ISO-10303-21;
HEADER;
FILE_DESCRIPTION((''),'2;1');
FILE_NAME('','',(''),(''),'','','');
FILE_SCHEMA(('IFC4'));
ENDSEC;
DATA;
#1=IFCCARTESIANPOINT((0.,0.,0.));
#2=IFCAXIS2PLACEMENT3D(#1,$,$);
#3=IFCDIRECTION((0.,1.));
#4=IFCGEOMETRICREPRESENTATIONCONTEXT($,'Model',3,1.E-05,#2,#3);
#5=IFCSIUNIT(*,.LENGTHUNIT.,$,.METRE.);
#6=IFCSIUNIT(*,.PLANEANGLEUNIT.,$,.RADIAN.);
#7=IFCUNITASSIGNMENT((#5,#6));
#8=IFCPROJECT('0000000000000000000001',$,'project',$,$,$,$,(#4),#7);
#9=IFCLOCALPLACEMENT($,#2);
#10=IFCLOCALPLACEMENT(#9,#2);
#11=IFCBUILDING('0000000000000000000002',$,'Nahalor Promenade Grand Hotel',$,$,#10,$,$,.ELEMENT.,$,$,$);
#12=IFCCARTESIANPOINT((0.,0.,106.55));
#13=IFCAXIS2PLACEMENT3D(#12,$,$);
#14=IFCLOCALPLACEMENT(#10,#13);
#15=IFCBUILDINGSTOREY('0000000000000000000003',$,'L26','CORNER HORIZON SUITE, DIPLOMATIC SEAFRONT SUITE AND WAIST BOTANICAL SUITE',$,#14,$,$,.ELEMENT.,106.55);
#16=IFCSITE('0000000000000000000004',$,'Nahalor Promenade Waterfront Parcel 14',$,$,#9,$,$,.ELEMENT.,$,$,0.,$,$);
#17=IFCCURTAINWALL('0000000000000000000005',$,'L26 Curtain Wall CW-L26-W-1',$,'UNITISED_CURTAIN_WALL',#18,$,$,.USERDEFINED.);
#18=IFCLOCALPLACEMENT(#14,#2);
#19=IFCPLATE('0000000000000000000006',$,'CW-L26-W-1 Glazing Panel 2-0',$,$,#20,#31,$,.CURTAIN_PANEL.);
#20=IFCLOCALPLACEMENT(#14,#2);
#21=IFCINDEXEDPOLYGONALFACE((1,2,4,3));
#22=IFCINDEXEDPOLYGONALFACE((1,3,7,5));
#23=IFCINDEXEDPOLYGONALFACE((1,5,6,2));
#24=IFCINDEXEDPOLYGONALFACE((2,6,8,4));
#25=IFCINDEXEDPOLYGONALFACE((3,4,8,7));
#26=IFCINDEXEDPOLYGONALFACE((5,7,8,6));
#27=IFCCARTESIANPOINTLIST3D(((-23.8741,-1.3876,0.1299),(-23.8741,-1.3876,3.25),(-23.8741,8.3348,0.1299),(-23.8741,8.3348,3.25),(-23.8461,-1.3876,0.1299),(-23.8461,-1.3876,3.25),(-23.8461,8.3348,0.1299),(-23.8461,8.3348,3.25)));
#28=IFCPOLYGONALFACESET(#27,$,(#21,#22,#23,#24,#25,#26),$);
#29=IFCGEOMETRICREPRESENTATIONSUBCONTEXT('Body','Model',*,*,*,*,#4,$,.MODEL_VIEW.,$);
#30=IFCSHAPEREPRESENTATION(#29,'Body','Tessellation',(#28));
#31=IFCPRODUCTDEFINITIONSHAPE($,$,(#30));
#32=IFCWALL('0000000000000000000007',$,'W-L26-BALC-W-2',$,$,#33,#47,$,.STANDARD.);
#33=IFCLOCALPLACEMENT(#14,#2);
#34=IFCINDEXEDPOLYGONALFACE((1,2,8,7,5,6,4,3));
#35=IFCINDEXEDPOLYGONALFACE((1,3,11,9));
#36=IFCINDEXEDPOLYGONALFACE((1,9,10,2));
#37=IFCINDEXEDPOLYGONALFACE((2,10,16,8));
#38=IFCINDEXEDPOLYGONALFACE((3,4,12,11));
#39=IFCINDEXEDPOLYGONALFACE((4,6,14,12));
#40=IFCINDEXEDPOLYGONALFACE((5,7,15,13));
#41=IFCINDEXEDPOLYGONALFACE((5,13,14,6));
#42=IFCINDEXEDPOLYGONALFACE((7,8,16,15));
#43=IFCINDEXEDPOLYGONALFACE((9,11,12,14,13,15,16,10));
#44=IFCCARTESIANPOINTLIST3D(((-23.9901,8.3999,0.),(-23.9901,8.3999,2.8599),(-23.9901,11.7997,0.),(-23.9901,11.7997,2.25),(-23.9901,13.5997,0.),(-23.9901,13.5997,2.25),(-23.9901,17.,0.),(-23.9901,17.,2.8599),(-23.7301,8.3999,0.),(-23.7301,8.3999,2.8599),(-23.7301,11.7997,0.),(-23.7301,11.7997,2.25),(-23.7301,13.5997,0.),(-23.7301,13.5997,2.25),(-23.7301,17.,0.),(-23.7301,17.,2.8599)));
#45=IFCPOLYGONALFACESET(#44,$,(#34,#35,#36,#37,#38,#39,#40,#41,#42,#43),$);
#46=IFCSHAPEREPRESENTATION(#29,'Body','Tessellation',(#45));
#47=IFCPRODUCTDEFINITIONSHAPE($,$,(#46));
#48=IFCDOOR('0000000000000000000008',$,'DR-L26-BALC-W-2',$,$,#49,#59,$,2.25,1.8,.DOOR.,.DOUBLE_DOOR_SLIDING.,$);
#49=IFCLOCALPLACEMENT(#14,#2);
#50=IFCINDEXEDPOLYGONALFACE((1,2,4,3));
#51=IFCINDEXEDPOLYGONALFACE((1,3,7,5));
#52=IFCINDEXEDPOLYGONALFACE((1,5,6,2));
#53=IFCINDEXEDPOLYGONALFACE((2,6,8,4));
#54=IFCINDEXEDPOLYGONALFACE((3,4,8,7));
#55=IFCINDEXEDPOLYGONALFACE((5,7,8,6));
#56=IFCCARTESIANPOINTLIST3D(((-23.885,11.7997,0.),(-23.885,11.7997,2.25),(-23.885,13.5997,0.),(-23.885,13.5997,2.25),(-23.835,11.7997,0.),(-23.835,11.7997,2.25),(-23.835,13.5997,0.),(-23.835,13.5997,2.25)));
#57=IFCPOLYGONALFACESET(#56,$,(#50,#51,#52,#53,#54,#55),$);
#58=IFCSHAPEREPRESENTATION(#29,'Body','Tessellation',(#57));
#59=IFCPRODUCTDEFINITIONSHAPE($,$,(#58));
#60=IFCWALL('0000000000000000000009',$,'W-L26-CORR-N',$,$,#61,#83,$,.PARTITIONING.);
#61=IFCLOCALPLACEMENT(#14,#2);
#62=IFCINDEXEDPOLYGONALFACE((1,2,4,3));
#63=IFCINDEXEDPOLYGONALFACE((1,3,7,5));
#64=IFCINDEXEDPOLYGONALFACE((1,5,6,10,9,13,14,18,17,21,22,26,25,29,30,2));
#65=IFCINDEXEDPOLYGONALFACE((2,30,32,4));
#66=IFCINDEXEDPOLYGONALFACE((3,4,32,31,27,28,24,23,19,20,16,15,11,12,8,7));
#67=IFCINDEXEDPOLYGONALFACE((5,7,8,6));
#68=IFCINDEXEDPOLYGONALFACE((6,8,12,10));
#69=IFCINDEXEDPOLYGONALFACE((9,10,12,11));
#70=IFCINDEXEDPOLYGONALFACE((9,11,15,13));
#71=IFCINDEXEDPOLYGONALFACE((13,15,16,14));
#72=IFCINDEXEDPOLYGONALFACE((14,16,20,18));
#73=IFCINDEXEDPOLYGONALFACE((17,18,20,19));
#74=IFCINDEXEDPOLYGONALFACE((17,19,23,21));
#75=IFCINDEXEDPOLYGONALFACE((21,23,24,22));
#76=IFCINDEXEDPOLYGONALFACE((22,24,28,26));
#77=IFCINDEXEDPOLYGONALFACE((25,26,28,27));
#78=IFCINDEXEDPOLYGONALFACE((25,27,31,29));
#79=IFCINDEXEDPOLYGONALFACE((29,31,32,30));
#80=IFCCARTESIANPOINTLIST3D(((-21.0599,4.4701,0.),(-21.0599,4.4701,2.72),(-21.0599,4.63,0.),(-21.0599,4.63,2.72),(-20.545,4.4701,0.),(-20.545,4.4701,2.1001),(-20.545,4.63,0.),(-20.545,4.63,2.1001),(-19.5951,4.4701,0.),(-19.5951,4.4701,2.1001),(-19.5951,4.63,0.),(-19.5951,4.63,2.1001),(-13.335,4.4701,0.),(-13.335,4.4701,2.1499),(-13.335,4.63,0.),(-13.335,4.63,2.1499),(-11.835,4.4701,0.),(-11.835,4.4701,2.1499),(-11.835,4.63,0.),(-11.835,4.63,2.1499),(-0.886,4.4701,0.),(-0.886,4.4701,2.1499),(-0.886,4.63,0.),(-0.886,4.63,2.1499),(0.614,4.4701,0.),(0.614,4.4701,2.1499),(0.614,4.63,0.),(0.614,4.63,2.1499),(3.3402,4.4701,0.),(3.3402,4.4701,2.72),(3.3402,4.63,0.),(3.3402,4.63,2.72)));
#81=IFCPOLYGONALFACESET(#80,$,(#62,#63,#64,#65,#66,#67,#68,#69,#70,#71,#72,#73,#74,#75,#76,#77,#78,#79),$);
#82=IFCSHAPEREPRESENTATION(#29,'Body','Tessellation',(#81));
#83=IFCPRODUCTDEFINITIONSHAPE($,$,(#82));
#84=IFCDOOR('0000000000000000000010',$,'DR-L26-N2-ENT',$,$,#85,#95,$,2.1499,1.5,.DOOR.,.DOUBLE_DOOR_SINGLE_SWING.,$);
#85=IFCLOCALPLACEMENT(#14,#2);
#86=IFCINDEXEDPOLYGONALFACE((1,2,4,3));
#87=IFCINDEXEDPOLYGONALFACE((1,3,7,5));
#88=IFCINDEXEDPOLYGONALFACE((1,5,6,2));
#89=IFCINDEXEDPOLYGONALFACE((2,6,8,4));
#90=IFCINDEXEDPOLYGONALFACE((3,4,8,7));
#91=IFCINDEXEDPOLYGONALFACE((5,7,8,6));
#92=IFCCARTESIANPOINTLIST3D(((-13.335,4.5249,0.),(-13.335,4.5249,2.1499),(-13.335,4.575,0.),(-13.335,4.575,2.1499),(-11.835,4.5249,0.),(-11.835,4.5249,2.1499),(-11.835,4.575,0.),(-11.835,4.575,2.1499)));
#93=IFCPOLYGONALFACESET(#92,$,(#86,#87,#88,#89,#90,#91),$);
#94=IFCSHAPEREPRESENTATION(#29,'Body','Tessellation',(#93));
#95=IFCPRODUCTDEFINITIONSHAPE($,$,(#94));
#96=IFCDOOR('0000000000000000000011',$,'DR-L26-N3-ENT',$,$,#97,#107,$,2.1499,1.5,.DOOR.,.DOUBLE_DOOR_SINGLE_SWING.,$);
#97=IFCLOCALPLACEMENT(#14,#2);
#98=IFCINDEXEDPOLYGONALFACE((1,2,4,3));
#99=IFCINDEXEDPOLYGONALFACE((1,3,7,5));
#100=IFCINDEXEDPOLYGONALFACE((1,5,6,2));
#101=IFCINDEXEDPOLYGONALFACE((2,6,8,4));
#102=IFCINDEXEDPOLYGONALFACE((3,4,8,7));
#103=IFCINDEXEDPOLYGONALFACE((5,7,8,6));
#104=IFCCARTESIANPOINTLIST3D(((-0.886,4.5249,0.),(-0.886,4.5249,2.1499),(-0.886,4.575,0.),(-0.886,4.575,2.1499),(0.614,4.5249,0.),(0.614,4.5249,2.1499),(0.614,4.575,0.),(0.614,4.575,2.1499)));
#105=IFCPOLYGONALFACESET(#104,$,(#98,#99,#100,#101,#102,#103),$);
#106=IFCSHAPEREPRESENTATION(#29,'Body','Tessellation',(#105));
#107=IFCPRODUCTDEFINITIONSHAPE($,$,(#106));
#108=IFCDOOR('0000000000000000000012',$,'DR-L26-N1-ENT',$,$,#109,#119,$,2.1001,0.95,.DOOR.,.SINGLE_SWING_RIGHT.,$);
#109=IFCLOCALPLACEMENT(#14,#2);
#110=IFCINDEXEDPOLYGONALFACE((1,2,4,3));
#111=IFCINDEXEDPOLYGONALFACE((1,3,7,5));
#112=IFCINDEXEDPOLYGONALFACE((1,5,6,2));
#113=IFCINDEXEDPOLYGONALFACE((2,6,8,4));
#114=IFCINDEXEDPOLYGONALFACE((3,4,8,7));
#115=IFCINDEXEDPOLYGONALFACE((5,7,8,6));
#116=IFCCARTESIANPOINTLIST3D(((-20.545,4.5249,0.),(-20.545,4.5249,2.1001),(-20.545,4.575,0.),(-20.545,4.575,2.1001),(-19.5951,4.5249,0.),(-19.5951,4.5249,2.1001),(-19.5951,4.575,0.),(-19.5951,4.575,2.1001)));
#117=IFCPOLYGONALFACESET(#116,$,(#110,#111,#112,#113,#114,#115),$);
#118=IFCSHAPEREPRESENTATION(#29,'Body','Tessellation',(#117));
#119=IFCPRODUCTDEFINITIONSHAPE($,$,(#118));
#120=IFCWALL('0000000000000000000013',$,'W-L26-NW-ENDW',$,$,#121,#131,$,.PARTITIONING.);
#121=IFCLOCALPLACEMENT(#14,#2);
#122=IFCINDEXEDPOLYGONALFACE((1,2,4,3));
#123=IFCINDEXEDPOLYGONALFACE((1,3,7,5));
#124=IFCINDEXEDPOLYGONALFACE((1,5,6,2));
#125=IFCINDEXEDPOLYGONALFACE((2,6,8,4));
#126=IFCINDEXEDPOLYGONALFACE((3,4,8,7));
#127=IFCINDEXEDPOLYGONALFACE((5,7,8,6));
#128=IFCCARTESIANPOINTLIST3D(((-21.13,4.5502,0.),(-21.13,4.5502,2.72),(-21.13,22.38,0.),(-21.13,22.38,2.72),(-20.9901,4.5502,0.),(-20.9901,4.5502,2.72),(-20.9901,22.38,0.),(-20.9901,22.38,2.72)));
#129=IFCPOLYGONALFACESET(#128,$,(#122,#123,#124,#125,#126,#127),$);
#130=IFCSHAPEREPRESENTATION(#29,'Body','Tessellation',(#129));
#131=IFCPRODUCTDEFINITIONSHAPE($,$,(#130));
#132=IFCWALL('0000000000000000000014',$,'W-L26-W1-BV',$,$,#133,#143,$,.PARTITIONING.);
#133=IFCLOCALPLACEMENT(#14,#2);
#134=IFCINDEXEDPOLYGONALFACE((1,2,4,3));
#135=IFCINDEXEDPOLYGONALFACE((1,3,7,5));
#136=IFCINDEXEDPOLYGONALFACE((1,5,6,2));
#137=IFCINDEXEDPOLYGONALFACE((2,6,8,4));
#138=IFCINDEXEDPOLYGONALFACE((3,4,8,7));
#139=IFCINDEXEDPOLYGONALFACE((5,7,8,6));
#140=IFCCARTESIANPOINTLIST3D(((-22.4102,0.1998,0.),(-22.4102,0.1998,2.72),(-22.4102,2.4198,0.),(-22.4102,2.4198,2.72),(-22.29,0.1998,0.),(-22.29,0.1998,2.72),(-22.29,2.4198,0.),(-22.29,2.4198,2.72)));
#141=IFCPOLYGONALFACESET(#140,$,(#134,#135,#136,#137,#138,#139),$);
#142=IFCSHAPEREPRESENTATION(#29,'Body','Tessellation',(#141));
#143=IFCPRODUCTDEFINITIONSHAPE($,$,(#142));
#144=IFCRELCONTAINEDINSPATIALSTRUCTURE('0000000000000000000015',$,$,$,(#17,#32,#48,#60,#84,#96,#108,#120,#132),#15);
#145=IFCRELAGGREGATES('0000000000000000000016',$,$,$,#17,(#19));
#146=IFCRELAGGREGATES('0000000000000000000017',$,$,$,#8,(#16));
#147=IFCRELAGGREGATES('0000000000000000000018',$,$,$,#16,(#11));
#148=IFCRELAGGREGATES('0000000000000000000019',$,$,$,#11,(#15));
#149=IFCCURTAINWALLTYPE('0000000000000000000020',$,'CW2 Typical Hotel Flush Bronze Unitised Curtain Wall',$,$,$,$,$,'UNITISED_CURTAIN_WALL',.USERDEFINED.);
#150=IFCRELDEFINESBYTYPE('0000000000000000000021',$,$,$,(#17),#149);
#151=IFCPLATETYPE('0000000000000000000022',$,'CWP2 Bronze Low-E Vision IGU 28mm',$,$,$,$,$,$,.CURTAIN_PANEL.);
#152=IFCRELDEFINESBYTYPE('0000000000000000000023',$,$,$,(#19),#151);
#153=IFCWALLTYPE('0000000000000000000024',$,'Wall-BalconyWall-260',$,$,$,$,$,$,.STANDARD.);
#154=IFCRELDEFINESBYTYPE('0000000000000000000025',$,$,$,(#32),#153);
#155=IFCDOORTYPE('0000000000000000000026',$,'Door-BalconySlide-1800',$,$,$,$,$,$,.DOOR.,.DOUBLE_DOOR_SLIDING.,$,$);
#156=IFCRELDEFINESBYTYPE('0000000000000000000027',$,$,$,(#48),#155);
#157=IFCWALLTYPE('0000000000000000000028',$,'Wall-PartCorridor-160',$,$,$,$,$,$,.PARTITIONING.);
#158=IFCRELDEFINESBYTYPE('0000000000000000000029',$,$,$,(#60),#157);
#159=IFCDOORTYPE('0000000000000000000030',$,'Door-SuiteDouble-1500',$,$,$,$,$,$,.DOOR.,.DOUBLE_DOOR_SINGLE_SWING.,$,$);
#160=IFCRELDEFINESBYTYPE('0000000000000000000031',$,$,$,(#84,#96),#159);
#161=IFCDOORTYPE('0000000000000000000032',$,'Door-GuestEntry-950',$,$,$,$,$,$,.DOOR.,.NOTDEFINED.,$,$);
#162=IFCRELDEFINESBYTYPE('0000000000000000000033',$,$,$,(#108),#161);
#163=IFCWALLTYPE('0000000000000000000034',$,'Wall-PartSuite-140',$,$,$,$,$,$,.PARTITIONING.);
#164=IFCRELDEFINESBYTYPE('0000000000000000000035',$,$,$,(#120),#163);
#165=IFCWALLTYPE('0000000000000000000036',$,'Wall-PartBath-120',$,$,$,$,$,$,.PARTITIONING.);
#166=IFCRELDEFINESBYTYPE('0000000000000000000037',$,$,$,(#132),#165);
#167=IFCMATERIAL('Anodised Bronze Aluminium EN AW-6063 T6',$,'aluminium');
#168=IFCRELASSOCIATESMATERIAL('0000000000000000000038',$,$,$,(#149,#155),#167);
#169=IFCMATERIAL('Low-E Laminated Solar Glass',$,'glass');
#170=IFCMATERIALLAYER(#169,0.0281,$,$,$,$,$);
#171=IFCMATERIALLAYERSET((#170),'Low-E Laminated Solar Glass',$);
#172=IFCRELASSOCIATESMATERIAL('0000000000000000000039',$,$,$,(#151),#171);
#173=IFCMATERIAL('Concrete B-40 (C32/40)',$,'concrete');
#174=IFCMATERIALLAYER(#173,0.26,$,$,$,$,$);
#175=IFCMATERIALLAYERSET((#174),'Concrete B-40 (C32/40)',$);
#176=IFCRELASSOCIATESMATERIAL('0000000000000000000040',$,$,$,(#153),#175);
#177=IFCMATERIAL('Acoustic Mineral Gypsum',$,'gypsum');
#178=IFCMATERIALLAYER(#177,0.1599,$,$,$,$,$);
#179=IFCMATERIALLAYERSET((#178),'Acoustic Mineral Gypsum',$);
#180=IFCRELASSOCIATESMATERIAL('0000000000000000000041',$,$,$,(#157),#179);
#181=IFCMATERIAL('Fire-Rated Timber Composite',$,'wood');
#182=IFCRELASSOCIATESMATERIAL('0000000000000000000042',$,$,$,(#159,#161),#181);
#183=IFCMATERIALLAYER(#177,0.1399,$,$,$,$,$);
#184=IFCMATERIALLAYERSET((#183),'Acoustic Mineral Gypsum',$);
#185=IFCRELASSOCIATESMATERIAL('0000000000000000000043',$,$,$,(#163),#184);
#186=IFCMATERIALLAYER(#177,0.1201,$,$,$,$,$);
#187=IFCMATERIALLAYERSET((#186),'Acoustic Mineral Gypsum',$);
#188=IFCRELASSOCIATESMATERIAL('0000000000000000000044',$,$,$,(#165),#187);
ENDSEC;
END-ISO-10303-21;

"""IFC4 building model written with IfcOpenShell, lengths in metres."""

from ifc_helpers import new_model, si_unit, direction, frame, frame_2d, origin, origin_2d, place, context, subcontext, project, spatial, rectangle, extrude, source, transform, mapped, material, layer, layer_set, type_object, element, fill, aggregate, save


model = new_model("IFC4")

# Units and contexts
model_context = context("Model", 3, precision=1e-05, world=origin(), true_north=direction((0.0, 1.0)))
body_context = subcontext(model_context, "Body", "Model", "MODEL_VIEW")
ifc_project = project(units=[si_unit("LENGTHUNIT", "METRE"), si_unit("PLANEANGLEUNIT", "RADIAN")], contexts=[model_context])

# Site, building, storey
site_placement = place(None, origin())
site = spatial("IfcSite", under=ifc_project, at=site_placement, Name="Nahalor Promenade Waterfront Parcel 14", CompositionType="ELEMENT", RefElevation=0.0)
building_placement = place(site_placement, origin())
building = spatial("IfcBuilding", under=site, at=building_placement, Name="Nahalor Promenade Grand Hotel", CompositionType="ELEMENT")
storey_placement = place(building_placement, frame((0.0, 0.0, 106.55)))
storey = spatial("IfcBuildingStorey", under=building, at=storey_placement, Name="L26", Description="CORNER HORIZON SUITE, DIPLOMATIC SEAFRONT SUITE AND WAIST BOTANICAL SUITE", CompositionType="ELEMENT", Elevation=106.55)

# Curtain wall, plate
ifc_material_1 = material(Name="Anodised Bronze Aluminium EN AW-6063 T6", Category="aluminium")
curtain_wall_type = type_object("IfcCurtainWallType", Name="CW2 Typical Hotel Flush Bronze Unitised Curtain Wall", ElementType="UNITISED_CURTAIN_WALL", PredefinedType="USERDEFINED", material=ifc_material_1)
curtain_wall_placement = place(storey_placement, origin())
curtain_wall = element("IfcCurtainWall", 1, at=curtain_wall_placement, inside=storey, type_object=curtain_wall_type, Name="L26 Curtain Wall CW-L26-W-1", ObjectType="UNITISED_CURTAIN_WALL", PredefinedType="USERDEFINED")
ifc_material_2 = material(Name="Low-E Laminated Solar Glass", Category="glass")
ifc_layer_1 = layer(ifc_material_2, 0.0281)
ifc_layer_set_1 = layer_set([ifc_layer_1], Name="Low-E Laminated Solar Glass")
plate_type = type_object("IfcPlateType", Name="CWP2 Bronze Low-E Vision IGU 28mm", PredefinedType="CURTAIN_PANEL", material=ifc_layer_set_1)
shared_shape_1 = source(origin(), body_context, "Body", "SweptSolid", [
    extrude(rectangle(XDim=9.7224, YDim=0.0281, at=origin_2d()), origin(), (0.0, 0.0, 1.0), 3.1201),
])
plate_placement = place(storey_placement, frame((-23.8601, 3.4736, 0.1299), z_axis=(0.0, 0.0, 1.0), x_axis=(0.0, 1.0, 0.0)))
plate = element("IfcPlate", 2, at=plate_placement, type_object=plate_type, Name="CW-L26-W-1 Glazing Panel 2-0", PredefinedType="CURTAIN_PANEL", context=body_context, shape_type="MappedRepresentation", body=[
    mapped(shared_shape_1, transform((0.0, 0.0, 0.0), scale=1.0)),
])
aggregate(curtain_wall, [plate])

# Wall, opening, door
ifc_material_3 = material(Name="Concrete B-40 (C32/40)", Category="concrete")
ifc_layer_2 = layer(ifc_material_3, 0.26)
ifc_layer_set_2 = layer_set([ifc_layer_2], Name="Concrete B-40 (C32/40)")
wall_type_1 = type_object("IfcWallType", Name="Wall-BalconyWall-260", PredefinedType="STANDARD", material=ifc_layer_set_2)
shared_shape_2 = source(origin(), body_context, "Body", "SweptSolid", [
    extrude(rectangle(XDim=8.6001, YDim=0.26, at=frame_2d((4.3, 0.0))), origin(), (0.0, 0.0, 1.0), 2.8599),
])
wall_1_placement = place(storey_placement, frame((-23.8601, 8.3999, 0.0), z_axis=(0.0, 0.0, 1.0), x_axis=(0.0, 1.0, 0.0)))
wall_1 = element("IfcWall", 3, at=wall_1_placement, inside=storey, type_object=wall_type_1, Name="W-L26-BALC-W-2", PredefinedType="STANDARD", context=body_context, shape_type="MappedRepresentation", body=[
    mapped(shared_shape_2, transform((0.0, 0.0, 0.0), scale=1.0)),
])
opening_1_placement = place(wall_1_placement, frame((3.3999, 0.0, 0.0)))
opening_1 = element("IfcOpeningElement", 4, at=opening_1_placement, cuts=wall_1, PredefinedType="OPENING", context=body_context, shape_type="SweptSolid", body=[
    extrude(rectangle(XDim=1.8, YDim=2.25, at=frame_2d((0.8999, 1.125))), frame((0.0, 0.1399, 0.0), z_axis=(0.0, -1.0, 0.0), x_axis=(1.0, 0.0, 0.0)), (0.0, 0.0, 1.0), 0.28),
])
door_type_1 = type_object("IfcDoorType", Name="Door-BalconySlide-1800", OperationType="DOUBLE_DOOR_SLIDING", PredefinedType="DOOR", material=ifc_material_1)
shared_shape_3 = source(origin(), body_context, "Body", "SweptSolid", [
    extrude(rectangle(XDim=1.8, YDim=2.25, at=frame_2d((0.8999, 1.125))), frame((0.0, 0.0249, 0.0), z_axis=(0.0, -1.0, 0.0), x_axis=(1.0, 0.0, 0.0)), (0.0, 0.0, 1.0), 0.05),
])
door_1_placement = place(opening_1_placement, origin())
door_1 = element("IfcDoor", 5, at=door_1_placement, inside=storey, type_object=door_type_1, Name="DR-L26-BALC-W-2", OperationType="DOUBLE_DOOR_SLIDING", OverallHeight=2.25, OverallWidth=1.8, PredefinedType="DOOR", context=body_context, shape_type="MappedRepresentation", body=[
    mapped(shared_shape_3, transform((0.0, 0.0, 0.0), scale=1.0)),
])
fill(opening_1, door_1)

# Wall, openings, doors
ifc_material_4 = material(Name="Acoustic Mineral Gypsum", Category="gypsum")
ifc_layer_3 = layer(ifc_material_4, 0.1599)
ifc_layer_set_3 = layer_set([ifc_layer_3], Name="Acoustic Mineral Gypsum")
wall_type_2 = type_object("IfcWallType", Name="Wall-PartCorridor-160", PredefinedType="PARTITIONING", material=ifc_layer_set_3)
shared_shape_4 = source(origin(), body_context, "Body", "SweptSolid", [
    extrude(rectangle(XDim=24.4001, YDim=0.1599, at=frame_2d((12.2002, 0.0))), origin(), (0.0, 0.0, 1.0), 2.72),
])
wall_2_placement = place(storey_placement, frame((-21.0601, 4.55, 0.0), z_axis=(0.0, 0.0, 1.0), x_axis=(1.0, 0.0, 0.0)))
wall_2 = element("IfcWall", 6, at=wall_2_placement, inside=storey, type_object=wall_type_2, Name="W-L26-CORR-N", PredefinedType="PARTITIONING", context=body_context, shape_type="MappedRepresentation", body=[
    mapped(shared_shape_4, transform((0.0, 0.0, 0.0), scale=1.0)),
])
opening_2_placement = place(wall_2_placement, frame((0.5149, 0.0, 0.0)))
opening_2 = element("IfcOpeningElement", 7, at=opening_2_placement, cuts=wall_2, PredefinedType="OPENING", context=body_context, shape_type="SweptSolid", body=[
    extrude(rectangle(XDim=0.95, YDim=2.1001, at=frame_2d((0.4751, 1.05))), frame((0.0, 0.0898, 0.0), z_axis=(0.0, -1.0, 0.0), x_axis=(1.0, 0.0, 0.0)), (0.0, 0.0, 1.0), 0.1799),
])
opening_3_placement = place(wall_2_placement, frame((7.7251, 0.0, 0.0)))
opening_3 = element("IfcOpeningElement", 8, at=opening_3_placement, cuts=wall_2, PredefinedType="OPENING", context=body_context, shape_type="SweptSolid", body=[
    extrude(rectangle(XDim=1.5, YDim=2.1499, at=frame_2d((0.75, 1.075))), frame((0.0, 0.0898, 0.0), z_axis=(0.0, -1.0, 0.0), x_axis=(1.0, 0.0, 0.0)), (0.0, 0.0, 1.0), 0.1799),
])
opening_4_placement = place(wall_2_placement, frame((20.1741, 0.0, 0.0)))
opening_4 = element("IfcOpeningElement", 9, at=opening_4_placement, cuts=wall_2, PredefinedType="OPENING", context=body_context, shape_type="SweptSolid", body=[
    extrude(rectangle(XDim=1.5, YDim=2.1499, at=frame_2d((0.75, 1.075))), frame((0.0, 0.0898, 0.0), z_axis=(0.0, -1.0, 0.0), x_axis=(1.0, 0.0, 0.0)), (0.0, 0.0, 1.0), 0.1799),
])
ifc_material_5 = material(Name="Fire-Rated Timber Composite", Category="wood")
door_type_2 = type_object("IfcDoorType", Name="Door-SuiteDouble-1500", OperationType="DOUBLE_DOOR_SINGLE_SWING", PredefinedType="DOOR", material=ifc_material_5)
shared_shape_5 = source(origin(), body_context, "Body", "SweptSolid", [
    extrude(rectangle(XDim=1.5, YDim=2.1499, at=frame_2d((0.75, 1.075))), frame((0.0, 0.0249, 0.0), z_axis=(0.0, -1.0, 0.0), x_axis=(1.0, 0.0, 0.0)), (0.0, 0.0, 1.0), 0.05),
])
door_2_placement = place(opening_3_placement, origin())
door_2 = element("IfcDoor", 10, at=door_2_placement, inside=storey, type_object=door_type_2, Name="DR-L26-N2-ENT", OperationType="DOUBLE_DOOR_SINGLE_SWING", OverallHeight=2.1499, OverallWidth=1.5, PredefinedType="DOOR", context=body_context, shape_type="MappedRepresentation", body=[
    mapped(shared_shape_5, transform((0.0, 0.0, 0.0), scale=1.0)),
])
fill(opening_3, door_2)
door_3_placement = place(opening_4_placement, origin())
door_3 = element("IfcDoor", 11, at=door_3_placement, inside=storey, type_object=door_type_2, Name="DR-L26-N3-ENT", OperationType="DOUBLE_DOOR_SINGLE_SWING", OverallHeight=2.1499, OverallWidth=1.5, PredefinedType="DOOR", context=body_context, shape_type="MappedRepresentation", body=[
    mapped(shared_shape_5, transform((0.0, 0.0, 0.0), scale=1.0)),
])
fill(opening_4, door_3)
door_type_3 = type_object("IfcDoorType", Name="Door-GuestEntry-950", OperationType="NOTDEFINED", PredefinedType="DOOR", material=ifc_material_5)
shared_shape_6 = source(origin(), body_context, "Body", "SweptSolid", [
    extrude(rectangle(XDim=0.95, YDim=2.1001, at=frame_2d((0.4751, 1.05))), frame((0.0, 0.0249, 0.0), z_axis=(0.0, -1.0, 0.0), x_axis=(1.0, 0.0, 0.0)), (0.0, 0.0, 1.0), 0.05),
])
door_4_placement = place(opening_2_placement, origin())
door_4 = element("IfcDoor", 12, at=door_4_placement, inside=storey, type_object=door_type_3, Name="DR-L26-N1-ENT", OperationType="SINGLE_SWING_RIGHT", OverallHeight=2.1001, OverallWidth=0.95, PredefinedType="DOOR", context=body_context, shape_type="MappedRepresentation", body=[
    mapped(shared_shape_6, transform((0.0, 0.0, 0.0), scale=1.0)),
])
fill(opening_2, door_4)

# Walls
ifc_layer_4 = layer(ifc_material_4, 0.1399)
ifc_layer_set_4 = layer_set([ifc_layer_4], Name="Acoustic Mineral Gypsum")
wall_type_3 = type_object("IfcWallType", Name="Wall-PartSuite-140", PredefinedType="PARTITIONING", material=ifc_layer_set_4)
shared_shape_7 = source(origin(), body_context, "Body", "SweptSolid", [
    extrude(rectangle(XDim=17.8298, YDim=0.1399, at=frame_2d((8.915, 0.0))), origin(), (0.0, 0.0, 1.0), 2.72),
])
wall_3_placement = place(storey_placement, frame((-21.0601, 4.55, 0.0), z_axis=(0.0, 0.0, 1.0), x_axis=(0.0, 1.0, 0.0)))
element("IfcWall", 13, at=wall_3_placement, inside=storey, type_object=wall_type_3, Name="W-L26-NW-ENDW", PredefinedType="PARTITIONING", context=body_context, shape_type="MappedRepresentation", body=[
    mapped(shared_shape_7, transform((0.0, 0.0, 0.0), scale=1.0)),
])
ifc_layer_5 = layer(ifc_material_4, 0.1201)
ifc_layer_set_5 = layer_set([ifc_layer_5], Name="Acoustic Mineral Gypsum")
wall_type_4 = type_object("IfcWallType", Name="Wall-PartBath-120", PredefinedType="PARTITIONING", material=ifc_layer_set_5)
shared_shape_8 = source(origin(), body_context, "Body", "SweptSolid", [
    extrude(rectangle(XDim=2.22, YDim=0.1201, at=frame_2d((1.1099, 0.0))), origin(), (0.0, 0.0, 1.0), 2.72),
])
wall_4_placement = place(storey_placement, frame((-22.3501, 0.2, 0.0), z_axis=(0.0, 0.0, 1.0), x_axis=(0.0, 1.0, 0.0)))
element("IfcWall", 14, at=wall_4_placement, inside=storey, type_object=wall_type_4, Name="W-L26-W1-BV", PredefinedType="PARTITIONING", context=body_context, shape_type="MappedRepresentation", body=[
    mapped(shared_shape_8, transform((0.0, 0.0, 0.0), scale=1.0)),
])

save(model, "model.ifc")
